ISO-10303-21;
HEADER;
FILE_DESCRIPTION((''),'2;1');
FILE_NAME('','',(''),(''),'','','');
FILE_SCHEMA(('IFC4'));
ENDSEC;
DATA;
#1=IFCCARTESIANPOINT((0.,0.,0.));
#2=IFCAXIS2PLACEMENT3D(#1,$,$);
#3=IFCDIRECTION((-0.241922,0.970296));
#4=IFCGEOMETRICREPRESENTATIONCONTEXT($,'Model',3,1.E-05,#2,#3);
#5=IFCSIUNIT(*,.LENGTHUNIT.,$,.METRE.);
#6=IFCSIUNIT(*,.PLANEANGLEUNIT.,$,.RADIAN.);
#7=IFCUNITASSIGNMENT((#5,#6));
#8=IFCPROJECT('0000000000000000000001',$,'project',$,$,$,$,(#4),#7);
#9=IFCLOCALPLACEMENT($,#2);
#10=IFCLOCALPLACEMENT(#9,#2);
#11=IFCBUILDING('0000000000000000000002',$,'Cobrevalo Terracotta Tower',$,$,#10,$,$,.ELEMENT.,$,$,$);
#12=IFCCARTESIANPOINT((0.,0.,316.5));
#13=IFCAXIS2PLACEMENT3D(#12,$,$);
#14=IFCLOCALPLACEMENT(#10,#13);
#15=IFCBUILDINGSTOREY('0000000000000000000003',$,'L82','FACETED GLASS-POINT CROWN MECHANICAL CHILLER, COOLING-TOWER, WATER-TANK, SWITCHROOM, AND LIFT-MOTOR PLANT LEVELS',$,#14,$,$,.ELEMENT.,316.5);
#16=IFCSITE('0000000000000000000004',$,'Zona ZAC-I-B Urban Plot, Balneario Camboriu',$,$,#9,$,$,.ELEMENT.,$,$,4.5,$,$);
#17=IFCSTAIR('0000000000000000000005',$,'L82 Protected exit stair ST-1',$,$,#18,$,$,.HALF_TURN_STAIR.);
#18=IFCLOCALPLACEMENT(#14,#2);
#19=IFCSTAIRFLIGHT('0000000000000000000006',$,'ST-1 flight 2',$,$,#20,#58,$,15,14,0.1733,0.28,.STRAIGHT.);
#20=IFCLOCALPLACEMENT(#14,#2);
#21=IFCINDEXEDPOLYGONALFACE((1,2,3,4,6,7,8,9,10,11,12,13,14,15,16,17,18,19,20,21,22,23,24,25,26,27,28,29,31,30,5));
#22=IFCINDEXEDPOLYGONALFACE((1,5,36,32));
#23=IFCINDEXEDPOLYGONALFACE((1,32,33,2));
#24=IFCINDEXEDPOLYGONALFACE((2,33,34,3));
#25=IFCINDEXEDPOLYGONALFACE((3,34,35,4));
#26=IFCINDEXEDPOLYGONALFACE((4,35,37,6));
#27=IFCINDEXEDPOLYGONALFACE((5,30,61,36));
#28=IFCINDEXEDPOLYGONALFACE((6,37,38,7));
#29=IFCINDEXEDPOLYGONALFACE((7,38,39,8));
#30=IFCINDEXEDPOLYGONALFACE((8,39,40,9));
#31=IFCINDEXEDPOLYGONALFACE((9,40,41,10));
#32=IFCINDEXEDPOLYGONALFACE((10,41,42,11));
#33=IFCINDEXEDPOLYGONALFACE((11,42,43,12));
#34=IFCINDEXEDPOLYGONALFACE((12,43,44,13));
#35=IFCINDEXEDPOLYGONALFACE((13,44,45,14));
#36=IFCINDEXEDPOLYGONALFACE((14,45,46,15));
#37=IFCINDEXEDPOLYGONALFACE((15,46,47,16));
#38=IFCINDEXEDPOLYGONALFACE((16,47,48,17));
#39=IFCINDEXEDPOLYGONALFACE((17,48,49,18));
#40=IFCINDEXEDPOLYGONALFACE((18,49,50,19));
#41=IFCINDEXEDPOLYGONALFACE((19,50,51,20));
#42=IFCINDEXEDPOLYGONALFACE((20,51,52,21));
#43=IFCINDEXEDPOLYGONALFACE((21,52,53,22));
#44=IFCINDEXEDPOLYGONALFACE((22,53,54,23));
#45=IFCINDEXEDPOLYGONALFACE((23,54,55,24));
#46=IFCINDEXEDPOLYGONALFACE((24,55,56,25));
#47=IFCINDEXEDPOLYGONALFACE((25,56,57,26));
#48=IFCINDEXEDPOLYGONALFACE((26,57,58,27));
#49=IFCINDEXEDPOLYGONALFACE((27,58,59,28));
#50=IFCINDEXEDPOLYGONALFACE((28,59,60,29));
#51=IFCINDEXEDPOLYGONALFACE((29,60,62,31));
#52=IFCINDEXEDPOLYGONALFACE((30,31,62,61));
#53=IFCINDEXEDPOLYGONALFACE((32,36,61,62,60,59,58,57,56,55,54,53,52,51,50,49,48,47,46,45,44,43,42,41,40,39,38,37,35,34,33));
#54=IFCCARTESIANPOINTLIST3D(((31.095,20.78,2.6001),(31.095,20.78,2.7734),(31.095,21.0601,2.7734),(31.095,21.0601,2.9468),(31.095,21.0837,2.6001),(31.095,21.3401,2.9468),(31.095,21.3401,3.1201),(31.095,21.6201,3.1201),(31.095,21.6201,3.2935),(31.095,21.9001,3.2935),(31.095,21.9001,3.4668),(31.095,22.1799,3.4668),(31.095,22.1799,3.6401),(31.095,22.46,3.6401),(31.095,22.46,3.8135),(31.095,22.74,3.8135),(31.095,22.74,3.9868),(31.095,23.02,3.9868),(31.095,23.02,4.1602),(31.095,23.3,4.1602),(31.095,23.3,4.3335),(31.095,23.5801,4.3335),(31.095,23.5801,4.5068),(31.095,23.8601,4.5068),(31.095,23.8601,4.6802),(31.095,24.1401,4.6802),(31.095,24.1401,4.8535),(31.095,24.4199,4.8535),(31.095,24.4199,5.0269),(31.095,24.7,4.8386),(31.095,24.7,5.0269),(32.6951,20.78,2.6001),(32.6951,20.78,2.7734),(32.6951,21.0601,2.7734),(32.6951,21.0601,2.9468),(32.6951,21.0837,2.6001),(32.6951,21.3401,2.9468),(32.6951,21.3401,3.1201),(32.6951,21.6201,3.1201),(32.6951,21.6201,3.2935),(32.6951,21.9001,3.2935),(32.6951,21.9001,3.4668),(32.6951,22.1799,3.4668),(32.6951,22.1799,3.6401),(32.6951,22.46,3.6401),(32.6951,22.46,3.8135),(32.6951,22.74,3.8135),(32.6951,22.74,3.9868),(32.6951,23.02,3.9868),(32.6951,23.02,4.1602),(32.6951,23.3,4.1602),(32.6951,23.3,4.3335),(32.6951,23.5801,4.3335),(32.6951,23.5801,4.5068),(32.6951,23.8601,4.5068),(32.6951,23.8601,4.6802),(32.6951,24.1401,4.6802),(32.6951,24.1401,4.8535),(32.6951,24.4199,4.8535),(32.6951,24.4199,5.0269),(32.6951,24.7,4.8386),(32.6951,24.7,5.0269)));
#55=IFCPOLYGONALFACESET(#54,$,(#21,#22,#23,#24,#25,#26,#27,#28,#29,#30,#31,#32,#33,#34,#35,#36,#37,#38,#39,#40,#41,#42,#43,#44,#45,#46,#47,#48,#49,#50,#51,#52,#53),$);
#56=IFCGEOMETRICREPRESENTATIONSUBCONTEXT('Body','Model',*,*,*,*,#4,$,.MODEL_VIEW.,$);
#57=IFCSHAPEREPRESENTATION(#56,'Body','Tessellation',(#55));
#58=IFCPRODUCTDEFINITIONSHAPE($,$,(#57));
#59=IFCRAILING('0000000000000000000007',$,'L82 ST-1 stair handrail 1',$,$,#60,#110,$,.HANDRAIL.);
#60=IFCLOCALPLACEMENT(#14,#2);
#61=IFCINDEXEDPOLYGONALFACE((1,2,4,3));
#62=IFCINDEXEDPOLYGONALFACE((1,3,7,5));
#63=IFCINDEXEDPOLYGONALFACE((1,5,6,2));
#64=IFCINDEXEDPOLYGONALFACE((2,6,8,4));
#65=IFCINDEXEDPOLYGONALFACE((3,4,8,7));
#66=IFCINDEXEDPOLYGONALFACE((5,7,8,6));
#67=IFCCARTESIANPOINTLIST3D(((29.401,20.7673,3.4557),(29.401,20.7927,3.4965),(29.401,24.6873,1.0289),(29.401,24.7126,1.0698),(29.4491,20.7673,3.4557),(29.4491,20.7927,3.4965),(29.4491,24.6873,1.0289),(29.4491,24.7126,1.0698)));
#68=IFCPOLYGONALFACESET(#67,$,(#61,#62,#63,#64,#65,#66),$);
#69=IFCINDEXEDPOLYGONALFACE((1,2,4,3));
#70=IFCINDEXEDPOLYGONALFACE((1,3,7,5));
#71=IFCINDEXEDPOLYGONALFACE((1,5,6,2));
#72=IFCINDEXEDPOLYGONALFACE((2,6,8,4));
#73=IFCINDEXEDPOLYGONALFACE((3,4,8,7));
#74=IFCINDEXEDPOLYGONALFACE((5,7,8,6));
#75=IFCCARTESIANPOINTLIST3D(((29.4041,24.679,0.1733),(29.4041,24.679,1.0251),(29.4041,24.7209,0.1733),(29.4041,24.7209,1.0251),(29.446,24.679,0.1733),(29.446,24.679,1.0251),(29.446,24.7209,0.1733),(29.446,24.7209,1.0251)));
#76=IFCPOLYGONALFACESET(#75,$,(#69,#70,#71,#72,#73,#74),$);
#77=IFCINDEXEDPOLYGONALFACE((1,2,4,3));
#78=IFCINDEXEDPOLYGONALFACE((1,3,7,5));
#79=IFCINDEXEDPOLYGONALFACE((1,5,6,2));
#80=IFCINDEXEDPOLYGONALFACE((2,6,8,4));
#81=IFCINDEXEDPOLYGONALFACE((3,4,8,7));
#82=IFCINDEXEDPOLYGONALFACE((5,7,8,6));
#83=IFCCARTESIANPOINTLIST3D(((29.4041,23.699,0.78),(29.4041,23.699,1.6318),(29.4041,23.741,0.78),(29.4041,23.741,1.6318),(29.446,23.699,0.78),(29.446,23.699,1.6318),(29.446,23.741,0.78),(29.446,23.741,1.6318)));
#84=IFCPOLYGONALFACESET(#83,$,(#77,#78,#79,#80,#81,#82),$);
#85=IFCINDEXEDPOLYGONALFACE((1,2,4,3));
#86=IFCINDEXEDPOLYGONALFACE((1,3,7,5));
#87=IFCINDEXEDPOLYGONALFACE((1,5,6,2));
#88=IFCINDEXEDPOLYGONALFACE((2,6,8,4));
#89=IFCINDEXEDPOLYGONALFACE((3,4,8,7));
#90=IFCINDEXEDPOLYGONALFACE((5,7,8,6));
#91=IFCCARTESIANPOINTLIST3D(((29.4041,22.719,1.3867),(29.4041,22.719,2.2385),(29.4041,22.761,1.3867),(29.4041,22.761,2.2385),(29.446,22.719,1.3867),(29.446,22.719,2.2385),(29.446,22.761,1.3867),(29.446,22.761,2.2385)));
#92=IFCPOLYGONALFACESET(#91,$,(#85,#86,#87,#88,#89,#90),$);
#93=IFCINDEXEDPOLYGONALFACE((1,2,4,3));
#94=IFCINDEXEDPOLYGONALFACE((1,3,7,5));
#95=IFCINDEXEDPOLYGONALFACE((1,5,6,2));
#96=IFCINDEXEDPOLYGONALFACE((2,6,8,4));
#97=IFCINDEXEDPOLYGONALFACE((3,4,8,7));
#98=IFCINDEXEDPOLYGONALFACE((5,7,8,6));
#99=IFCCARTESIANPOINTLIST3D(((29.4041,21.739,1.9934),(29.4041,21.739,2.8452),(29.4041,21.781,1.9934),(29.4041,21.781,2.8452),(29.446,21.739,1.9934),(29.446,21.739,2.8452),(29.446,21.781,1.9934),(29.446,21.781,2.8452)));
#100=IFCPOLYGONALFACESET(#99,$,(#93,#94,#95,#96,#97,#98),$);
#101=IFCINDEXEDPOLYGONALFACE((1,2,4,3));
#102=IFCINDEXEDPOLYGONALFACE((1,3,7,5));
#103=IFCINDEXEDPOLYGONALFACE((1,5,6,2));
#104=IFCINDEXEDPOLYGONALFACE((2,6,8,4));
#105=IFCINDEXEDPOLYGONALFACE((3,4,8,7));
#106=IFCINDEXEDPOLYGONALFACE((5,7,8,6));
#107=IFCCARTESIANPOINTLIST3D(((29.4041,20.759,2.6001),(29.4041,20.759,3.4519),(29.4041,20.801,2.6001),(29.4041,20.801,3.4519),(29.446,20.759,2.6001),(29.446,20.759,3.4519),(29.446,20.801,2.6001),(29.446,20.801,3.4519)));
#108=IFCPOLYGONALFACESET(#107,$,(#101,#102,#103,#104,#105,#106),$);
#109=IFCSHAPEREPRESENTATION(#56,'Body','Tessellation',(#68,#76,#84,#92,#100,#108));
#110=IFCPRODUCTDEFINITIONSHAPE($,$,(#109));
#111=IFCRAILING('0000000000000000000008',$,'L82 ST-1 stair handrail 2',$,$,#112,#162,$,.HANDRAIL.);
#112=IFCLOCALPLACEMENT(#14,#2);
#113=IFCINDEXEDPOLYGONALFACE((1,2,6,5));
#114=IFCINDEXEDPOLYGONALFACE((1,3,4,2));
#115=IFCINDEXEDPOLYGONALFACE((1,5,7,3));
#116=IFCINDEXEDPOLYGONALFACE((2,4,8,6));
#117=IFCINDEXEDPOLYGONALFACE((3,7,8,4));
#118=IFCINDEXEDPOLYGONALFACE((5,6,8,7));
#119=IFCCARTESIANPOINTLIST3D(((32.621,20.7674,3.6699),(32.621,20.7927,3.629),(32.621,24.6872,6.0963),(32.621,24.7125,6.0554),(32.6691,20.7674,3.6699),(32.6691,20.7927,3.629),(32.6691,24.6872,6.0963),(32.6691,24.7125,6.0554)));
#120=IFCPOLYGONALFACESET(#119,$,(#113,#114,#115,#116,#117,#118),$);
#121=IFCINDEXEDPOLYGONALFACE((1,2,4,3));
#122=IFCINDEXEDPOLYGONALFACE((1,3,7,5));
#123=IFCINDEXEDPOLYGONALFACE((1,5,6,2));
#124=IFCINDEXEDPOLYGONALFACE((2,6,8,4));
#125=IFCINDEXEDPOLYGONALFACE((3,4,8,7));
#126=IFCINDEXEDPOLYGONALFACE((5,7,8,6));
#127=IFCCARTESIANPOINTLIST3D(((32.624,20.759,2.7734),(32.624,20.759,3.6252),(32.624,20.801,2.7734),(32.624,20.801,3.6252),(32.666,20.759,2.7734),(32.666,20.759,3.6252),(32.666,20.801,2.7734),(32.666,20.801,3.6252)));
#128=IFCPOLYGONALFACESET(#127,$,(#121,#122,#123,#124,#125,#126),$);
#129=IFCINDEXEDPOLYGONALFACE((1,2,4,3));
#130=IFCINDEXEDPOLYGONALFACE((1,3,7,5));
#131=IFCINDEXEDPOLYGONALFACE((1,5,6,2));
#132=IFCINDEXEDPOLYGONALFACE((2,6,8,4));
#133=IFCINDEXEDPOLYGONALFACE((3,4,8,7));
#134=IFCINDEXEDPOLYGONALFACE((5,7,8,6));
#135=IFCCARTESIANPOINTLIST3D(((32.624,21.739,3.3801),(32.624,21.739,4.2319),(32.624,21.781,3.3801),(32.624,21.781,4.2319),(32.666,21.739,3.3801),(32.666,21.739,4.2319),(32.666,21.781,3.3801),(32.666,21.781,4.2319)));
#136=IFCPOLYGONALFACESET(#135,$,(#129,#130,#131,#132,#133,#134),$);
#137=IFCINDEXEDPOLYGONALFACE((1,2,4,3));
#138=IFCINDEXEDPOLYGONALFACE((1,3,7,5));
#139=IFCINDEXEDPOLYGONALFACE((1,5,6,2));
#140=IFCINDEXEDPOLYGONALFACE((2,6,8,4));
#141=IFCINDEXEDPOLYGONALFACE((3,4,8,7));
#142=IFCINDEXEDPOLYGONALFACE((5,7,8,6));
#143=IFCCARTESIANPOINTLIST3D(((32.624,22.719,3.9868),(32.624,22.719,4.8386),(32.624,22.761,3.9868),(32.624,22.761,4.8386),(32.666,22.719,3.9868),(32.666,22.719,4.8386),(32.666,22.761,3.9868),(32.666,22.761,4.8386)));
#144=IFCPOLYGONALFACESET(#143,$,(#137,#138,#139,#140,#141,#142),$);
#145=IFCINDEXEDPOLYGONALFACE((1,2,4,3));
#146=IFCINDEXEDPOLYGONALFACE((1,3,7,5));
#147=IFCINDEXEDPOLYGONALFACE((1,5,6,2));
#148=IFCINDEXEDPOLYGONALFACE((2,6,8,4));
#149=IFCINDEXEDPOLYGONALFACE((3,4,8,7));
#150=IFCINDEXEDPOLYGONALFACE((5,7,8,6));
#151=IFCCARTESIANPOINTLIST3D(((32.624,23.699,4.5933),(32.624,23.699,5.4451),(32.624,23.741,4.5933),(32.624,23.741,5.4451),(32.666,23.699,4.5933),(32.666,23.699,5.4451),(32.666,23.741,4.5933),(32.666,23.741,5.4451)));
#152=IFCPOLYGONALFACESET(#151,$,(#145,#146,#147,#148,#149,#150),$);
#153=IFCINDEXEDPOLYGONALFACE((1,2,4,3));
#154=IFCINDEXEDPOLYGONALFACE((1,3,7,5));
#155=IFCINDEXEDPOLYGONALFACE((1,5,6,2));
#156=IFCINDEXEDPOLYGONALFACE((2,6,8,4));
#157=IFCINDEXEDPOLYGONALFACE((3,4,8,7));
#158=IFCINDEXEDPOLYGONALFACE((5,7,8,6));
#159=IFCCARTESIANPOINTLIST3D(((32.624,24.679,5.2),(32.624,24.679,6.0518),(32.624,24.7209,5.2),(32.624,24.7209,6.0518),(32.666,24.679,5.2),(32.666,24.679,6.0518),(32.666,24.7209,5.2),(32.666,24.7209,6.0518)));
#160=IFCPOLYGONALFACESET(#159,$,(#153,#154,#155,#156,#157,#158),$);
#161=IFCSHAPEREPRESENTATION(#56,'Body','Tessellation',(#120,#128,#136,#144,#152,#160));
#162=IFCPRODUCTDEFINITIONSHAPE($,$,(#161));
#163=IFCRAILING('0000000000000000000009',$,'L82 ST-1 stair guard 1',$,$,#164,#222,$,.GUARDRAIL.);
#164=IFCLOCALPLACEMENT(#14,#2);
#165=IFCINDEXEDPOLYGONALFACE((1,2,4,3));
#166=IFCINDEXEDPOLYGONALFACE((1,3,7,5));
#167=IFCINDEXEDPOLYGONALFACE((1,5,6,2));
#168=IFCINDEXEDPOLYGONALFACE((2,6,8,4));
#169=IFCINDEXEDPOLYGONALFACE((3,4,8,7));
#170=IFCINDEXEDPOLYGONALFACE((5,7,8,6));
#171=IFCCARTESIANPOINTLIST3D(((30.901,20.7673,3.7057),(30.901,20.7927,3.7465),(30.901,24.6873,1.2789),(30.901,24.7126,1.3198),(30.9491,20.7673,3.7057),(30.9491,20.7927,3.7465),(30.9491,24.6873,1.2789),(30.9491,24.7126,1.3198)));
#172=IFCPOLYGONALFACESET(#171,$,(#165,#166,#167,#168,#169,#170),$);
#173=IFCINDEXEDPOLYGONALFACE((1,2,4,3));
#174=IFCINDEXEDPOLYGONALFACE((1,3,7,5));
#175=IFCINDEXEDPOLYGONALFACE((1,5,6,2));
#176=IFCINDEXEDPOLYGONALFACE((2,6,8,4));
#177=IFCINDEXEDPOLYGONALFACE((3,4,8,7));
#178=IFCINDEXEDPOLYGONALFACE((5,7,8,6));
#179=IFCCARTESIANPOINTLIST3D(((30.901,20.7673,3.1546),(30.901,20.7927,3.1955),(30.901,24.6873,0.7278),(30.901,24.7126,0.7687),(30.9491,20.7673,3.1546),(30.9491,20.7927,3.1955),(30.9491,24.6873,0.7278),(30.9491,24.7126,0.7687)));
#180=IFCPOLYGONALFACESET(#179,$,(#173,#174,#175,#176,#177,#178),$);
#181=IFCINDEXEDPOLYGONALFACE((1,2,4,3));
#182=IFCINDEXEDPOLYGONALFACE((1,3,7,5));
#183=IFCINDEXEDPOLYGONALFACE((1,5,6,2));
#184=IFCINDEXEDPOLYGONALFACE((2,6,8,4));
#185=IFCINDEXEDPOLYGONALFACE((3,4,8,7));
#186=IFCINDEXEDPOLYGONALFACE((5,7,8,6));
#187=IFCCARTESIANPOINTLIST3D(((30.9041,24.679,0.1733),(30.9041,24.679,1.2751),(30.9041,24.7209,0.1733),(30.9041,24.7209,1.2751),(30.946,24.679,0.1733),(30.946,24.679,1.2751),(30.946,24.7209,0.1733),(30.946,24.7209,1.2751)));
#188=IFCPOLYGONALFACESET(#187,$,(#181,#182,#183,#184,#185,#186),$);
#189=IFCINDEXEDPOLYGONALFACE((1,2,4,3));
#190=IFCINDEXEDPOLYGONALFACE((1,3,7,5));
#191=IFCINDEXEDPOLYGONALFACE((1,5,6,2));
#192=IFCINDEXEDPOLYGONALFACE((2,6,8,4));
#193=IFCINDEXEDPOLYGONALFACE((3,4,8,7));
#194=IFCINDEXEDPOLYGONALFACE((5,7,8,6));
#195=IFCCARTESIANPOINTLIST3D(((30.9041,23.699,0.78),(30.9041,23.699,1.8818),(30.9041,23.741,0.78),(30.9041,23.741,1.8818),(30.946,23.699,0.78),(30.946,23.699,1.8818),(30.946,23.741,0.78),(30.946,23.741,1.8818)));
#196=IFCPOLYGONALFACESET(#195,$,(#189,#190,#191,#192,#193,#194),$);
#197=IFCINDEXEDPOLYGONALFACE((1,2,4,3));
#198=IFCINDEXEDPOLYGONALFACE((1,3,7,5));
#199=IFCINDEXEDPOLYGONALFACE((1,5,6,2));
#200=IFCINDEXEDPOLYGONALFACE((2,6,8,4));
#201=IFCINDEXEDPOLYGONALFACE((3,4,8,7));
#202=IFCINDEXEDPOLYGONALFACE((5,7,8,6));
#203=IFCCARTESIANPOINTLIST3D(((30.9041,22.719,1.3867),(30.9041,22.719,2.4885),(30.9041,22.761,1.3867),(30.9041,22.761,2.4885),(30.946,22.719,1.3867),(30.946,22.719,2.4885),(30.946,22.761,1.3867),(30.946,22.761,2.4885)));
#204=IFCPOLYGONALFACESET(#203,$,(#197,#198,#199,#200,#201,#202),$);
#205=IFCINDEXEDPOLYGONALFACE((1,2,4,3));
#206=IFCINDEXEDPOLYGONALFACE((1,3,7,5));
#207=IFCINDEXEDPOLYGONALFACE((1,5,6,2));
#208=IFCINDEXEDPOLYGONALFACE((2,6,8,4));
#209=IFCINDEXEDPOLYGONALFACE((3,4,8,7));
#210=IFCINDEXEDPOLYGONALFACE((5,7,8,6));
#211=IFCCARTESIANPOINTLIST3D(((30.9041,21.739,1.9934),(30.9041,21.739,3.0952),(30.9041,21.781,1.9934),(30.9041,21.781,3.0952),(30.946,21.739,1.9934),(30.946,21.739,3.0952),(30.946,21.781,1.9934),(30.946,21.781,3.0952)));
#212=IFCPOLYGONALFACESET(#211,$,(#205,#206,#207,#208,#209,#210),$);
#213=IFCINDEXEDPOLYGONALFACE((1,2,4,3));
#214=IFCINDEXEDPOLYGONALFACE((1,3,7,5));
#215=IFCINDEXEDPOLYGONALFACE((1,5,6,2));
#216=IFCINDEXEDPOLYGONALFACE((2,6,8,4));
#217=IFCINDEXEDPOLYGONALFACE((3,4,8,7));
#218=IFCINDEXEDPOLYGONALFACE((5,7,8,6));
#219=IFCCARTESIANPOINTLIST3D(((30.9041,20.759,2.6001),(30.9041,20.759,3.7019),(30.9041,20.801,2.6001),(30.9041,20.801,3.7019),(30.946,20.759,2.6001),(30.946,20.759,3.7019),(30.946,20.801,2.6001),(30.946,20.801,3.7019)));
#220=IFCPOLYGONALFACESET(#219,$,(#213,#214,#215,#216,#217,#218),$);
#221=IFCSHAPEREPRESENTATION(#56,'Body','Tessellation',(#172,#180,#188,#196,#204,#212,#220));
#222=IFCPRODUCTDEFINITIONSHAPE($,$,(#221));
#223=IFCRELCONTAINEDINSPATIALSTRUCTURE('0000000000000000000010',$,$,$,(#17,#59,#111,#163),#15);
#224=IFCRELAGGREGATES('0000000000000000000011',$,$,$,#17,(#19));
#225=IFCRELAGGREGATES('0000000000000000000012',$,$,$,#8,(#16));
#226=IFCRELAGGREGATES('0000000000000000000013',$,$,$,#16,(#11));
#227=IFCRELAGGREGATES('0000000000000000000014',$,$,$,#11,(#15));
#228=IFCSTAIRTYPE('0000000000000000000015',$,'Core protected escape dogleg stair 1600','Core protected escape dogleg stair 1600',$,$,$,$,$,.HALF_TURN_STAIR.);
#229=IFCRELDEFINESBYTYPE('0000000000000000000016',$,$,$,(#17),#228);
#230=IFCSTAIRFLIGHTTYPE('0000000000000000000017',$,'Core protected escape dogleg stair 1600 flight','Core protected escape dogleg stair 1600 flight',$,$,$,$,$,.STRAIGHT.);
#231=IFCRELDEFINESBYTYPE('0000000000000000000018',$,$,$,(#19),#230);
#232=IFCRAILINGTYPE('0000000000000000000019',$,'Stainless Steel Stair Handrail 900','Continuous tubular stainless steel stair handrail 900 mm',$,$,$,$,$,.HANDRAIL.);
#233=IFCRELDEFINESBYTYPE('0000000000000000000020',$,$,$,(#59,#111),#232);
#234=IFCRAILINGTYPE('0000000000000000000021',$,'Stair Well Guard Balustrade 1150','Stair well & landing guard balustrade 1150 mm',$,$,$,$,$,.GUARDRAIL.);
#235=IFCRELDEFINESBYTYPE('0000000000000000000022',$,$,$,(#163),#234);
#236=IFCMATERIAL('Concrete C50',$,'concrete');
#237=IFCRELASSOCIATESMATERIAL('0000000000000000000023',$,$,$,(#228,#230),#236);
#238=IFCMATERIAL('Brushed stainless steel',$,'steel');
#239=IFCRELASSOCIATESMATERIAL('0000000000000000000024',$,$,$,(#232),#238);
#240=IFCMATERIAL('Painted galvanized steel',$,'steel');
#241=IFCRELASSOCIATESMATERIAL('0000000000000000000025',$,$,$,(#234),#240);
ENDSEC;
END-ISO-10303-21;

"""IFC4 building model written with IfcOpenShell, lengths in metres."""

from ifc_helpers import new_model, si_unit, direction, frame, origin, origin_2d, place, context, subcontext, project, spatial, polyline, rectangle, outline, extrude, material, type_object, element, aggregate, save


model = new_model("IFC4")

# Units and contexts
model_context = context("Model", 3, precision=1e-05, world=origin(), true_north=direction((-0.241922, 0.970296)))
body_context = subcontext(model_context, "Body", "Model", "MODEL_VIEW")
ifc_project = project(units=[si_unit("LENGTHUNIT", "METRE"), si_unit("PLANEANGLEUNIT", "RADIAN")], contexts=[model_context])

# Site, building, storey
site_placement = place(None, origin())
site = spatial("IfcSite", under=ifc_project, at=site_placement, Name="Zona ZAC-I-B Urban Plot, Balneario Camboriu", CompositionType="ELEMENT", RefElevation=4.5)
building_placement = place(site_placement, origin())
building = spatial("IfcBuilding", under=site, at=building_placement, Name="Cobrevalo Terracotta Tower", CompositionType="ELEMENT")
storey_placement = place(building_placement, frame((0.0, 0.0, 316.5)))
storey = spatial("IfcBuildingStorey", under=building, at=storey_placement, Name="L82", Description="FACETED GLASS-POINT CROWN MECHANICAL CHILLER, COOLING-TOWER, WATER-TANK, SWITCHROOM, AND LIFT-MOTOR PLANT LEVELS", CompositionType="ELEMENT", Elevation=316.5)

# Shared definitions
ifc_material_1 = material(Name="Concrete C50", Category="concrete")

# Stair, stair flight
stair_type = type_object("IfcStairType", Name="Core protected escape dogleg stair 1600", Description="Core protected escape dogleg stair 1600", PredefinedType="HALF_TURN_STAIR", material=ifc_material_1)
stair_placement = place(storey_placement, origin())
stair = element("IfcStair", 1, at=stair_placement, inside=storey, type_object=stair_type, Name="L82 Protected exit stair ST-1", PredefinedType="HALF_TURN_STAIR")
stair_flight_type = type_object("IfcStairFlightType", Name="Core protected escape dogleg stair 1600 flight", Description="Core protected escape dogleg stair 1600 flight", PredefinedType="STRAIGHT", material=ifc_material_1)
stair_flight_1_placement = place(storey_placement, frame((31.895, 20.78, 2.6001), z_axis=(0.0, 0.0, 1.0), x_axis=(0.0, 1.0, 0.0)))
stair_flight_1 = element("IfcStairFlight", 2, at=stair_flight_1_placement, type_object=stair_flight_type, Name="ST-1 flight 2", NumberOfRisers=15, NumberOfTreads=14, PredefinedType="STRAIGHT", RiserHeight=0.1733, TreadLength=0.28, context=body_context, shape_type="SweptSolid", body=[
    extrude(outline(polyline([(0.0, 0.0), (0.0, 0.1733), (0.28, 0.1733), (0.28, 0.3467), (0.5601, 0.3467), (0.5601, 0.52), (0.8401, 0.52), (0.8401, 0.6934), (1.1201, 0.6934), (1.1201, 0.8667), (1.3999, 0.8667), (1.3999, 1.04), (1.6799, 1.04), (1.6799, 1.2134), (1.96, 1.2134), (1.96, 1.3867), (2.24, 1.3867), (2.24, 1.5601), (2.52, 1.5601), (2.52, 1.7334), (2.8, 1.7334), (2.8, 1.9067), (3.0801, 1.9067), (3.0801, 2.0801), (3.3601, 2.0801), (3.3601, 2.2534), (3.6399, 2.2534), (3.6399, 2.4268), (3.9199, 2.4268), (3.9199, 2.6001), (3.9199, 2.2385), (0.3037, 0.0), (0.0, 0.0)])), frame((0.0, 0.8, 0.0), z_axis=(0.0, -1.0, 0.0), x_axis=(1.0, 0.0, 0.0)), (0.0, 0.0, 1.0), 1.6001),
])
aggregate(stair, [stair_flight_1])

# Railings
ifc_material_2 = material(Name="Brushed stainless steel", Category="steel")
railing_type_1 = type_object("IfcRailingType", Name="Stainless Steel Stair Handrail 900", Description="Continuous tubular stainless steel stair handrail 900 mm", PredefinedType="HANDRAIL", material=ifc_material_2)
railing_1_placement = place(storey_placement, frame((29.425, 24.7, 0.1733)))
element("IfcRailing", 3, at=railing_1_placement, inside=storey, type_object=railing_type_1, Name="L82 ST-1 stair handrail 1", PredefinedType="HANDRAIL", context=body_context, shape_type="SweptSolid", body=[
    extrude(rectangle(XDim=0.0481, YDim=0.0481, at=origin_2d()), frame((0.0, 0.0, 0.876), z_axis=(0.0, -0.850252, 0.526376), x_axis=(1.0, 0.0, 0.0)), (0.0, 0.0, 1.0), 4.6104),
    extrude(rectangle(XDim=0.042, YDim=0.042, at=origin_2d()), origin(), (0.0, 0.0, 1.0), 0.8518),
    extrude(rectangle(XDim=0.042, YDim=0.042, at=origin_2d()), frame((0.0, -0.98, 0.6067)), (0.0, 0.0, 1.0), 0.8518),
    extrude(rectangle(XDim=0.042, YDim=0.042, at=origin_2d()), frame((0.0, -1.96, 1.2134)), (0.0, 0.0, 1.0), 0.8518),
    extrude(rectangle(XDim=0.042, YDim=0.042, at=origin_2d()), frame((0.0, -2.9399, 1.8201)), (0.0, 0.0, 1.0), 0.8518),
    extrude(rectangle(XDim=0.042, YDim=0.042, at=origin_2d()), frame((0.0, -3.9199, 2.4268)), (0.0, 0.0, 1.0), 0.8518),
])
railing_2_placement = place(storey_placement, frame((32.645, 20.78, 2.7734)))
element("IfcRailing", 4, at=railing_2_placement, inside=storey, type_object=railing_type_1, Name="L82 ST-1 stair handrail 2", PredefinedType="HANDRAIL", context=body_context, shape_type="SweptSolid", body=[
    extrude(rectangle(XDim=0.0481, YDim=0.0481, at=origin_2d()), frame((0.0, 0.0, 0.876), z_axis=(0.0, 0.850275, 0.526338), x_axis=(-1.0, 0.0, 0.0)), (0.0, 0.0, 1.0), 4.6101),
    extrude(rectangle(XDim=0.042, YDim=0.042, at=origin_2d()), origin(), (0.0, 0.0, 1.0), 0.8518),
    extrude(rectangle(XDim=0.042, YDim=0.042, at=origin_2d()), frame((0.0, 0.98, 0.6067)), (0.0, 0.0, 1.0), 0.8518),
    extrude(rectangle(XDim=0.042, YDim=0.042, at=origin_2d()), frame((0.0, 1.96, 1.2134)), (0.0, 0.0, 1.0), 0.8518),
    extrude(rectangle(XDim=0.042, YDim=0.042, at=origin_2d()), frame((0.0, 2.9399, 1.8198)), (0.0, 0.0, 1.0), 0.8518),
    extrude(rectangle(XDim=0.042, YDim=0.042, at=origin_2d()), frame((0.0, 3.9199, 2.4265)), (0.0, 0.0, 1.0), 0.8518),
])
ifc_material_3 = material(Name="Painted galvanized steel", Category="steel")
railing_type_2 = type_object("IfcRailingType", Name="Stair Well Guard Balustrade 1150", Description="Stair well & landing guard balustrade 1150 mm", PredefinedType="GUARDRAIL", material=ifc_material_3)
railing_3_placement = place(storey_placement, frame((30.925, 24.7, 0.1733)))
element("IfcRailing", 5, at=railing_3_placement, inside=storey, type_object=railing_type_2, Name="L82 ST-1 stair guard 1", PredefinedType="GUARDRAIL", context=body_context, shape_type="SweptSolid", body=[
    extrude(rectangle(XDim=0.0481, YDim=0.0481, at=origin_2d()), frame((0.0, 0.0, 1.126), z_axis=(0.0, -0.850252, 0.526376), x_axis=(1.0, 0.0, 0.0)), (0.0, 0.0, 1.0), 4.6104),
    extrude(rectangle(XDim=0.0481, YDim=0.0481, at=origin_2d()), frame((0.0, 0.0, 0.575), z_axis=(0.0, -0.850252, 0.526376), x_axis=(1.0, 0.0, 0.0)), (0.0, 0.0, 1.0), 4.6104),
    extrude(rectangle(XDim=0.042, YDim=0.042, at=origin_2d()), origin(), (0.0, 0.0, 1.0), 1.1018),
    extrude(rectangle(XDim=0.042, YDim=0.042, at=origin_2d()), frame((0.0, -0.98, 0.6067)), (0.0, 0.0, 1.0), 1.1018),
    extrude(rectangle(XDim=0.042, YDim=0.042, at=origin_2d()), frame((0.0, -1.96, 1.2134)), (0.0, 0.0, 1.0), 1.1018),
    extrude(rectangle(XDim=0.042, YDim=0.042, at=origin_2d()), frame((0.0, -2.9399, 1.8201)), (0.0, 0.0, 1.0), 1.1018),
    extrude(rectangle(XDim=0.042, YDim=0.042, at=origin_2d()), frame((0.0, -3.9199, 2.4268)), (0.0, 0.0, 1.0), 1.1018),
])

save(model, "model.ifc")
